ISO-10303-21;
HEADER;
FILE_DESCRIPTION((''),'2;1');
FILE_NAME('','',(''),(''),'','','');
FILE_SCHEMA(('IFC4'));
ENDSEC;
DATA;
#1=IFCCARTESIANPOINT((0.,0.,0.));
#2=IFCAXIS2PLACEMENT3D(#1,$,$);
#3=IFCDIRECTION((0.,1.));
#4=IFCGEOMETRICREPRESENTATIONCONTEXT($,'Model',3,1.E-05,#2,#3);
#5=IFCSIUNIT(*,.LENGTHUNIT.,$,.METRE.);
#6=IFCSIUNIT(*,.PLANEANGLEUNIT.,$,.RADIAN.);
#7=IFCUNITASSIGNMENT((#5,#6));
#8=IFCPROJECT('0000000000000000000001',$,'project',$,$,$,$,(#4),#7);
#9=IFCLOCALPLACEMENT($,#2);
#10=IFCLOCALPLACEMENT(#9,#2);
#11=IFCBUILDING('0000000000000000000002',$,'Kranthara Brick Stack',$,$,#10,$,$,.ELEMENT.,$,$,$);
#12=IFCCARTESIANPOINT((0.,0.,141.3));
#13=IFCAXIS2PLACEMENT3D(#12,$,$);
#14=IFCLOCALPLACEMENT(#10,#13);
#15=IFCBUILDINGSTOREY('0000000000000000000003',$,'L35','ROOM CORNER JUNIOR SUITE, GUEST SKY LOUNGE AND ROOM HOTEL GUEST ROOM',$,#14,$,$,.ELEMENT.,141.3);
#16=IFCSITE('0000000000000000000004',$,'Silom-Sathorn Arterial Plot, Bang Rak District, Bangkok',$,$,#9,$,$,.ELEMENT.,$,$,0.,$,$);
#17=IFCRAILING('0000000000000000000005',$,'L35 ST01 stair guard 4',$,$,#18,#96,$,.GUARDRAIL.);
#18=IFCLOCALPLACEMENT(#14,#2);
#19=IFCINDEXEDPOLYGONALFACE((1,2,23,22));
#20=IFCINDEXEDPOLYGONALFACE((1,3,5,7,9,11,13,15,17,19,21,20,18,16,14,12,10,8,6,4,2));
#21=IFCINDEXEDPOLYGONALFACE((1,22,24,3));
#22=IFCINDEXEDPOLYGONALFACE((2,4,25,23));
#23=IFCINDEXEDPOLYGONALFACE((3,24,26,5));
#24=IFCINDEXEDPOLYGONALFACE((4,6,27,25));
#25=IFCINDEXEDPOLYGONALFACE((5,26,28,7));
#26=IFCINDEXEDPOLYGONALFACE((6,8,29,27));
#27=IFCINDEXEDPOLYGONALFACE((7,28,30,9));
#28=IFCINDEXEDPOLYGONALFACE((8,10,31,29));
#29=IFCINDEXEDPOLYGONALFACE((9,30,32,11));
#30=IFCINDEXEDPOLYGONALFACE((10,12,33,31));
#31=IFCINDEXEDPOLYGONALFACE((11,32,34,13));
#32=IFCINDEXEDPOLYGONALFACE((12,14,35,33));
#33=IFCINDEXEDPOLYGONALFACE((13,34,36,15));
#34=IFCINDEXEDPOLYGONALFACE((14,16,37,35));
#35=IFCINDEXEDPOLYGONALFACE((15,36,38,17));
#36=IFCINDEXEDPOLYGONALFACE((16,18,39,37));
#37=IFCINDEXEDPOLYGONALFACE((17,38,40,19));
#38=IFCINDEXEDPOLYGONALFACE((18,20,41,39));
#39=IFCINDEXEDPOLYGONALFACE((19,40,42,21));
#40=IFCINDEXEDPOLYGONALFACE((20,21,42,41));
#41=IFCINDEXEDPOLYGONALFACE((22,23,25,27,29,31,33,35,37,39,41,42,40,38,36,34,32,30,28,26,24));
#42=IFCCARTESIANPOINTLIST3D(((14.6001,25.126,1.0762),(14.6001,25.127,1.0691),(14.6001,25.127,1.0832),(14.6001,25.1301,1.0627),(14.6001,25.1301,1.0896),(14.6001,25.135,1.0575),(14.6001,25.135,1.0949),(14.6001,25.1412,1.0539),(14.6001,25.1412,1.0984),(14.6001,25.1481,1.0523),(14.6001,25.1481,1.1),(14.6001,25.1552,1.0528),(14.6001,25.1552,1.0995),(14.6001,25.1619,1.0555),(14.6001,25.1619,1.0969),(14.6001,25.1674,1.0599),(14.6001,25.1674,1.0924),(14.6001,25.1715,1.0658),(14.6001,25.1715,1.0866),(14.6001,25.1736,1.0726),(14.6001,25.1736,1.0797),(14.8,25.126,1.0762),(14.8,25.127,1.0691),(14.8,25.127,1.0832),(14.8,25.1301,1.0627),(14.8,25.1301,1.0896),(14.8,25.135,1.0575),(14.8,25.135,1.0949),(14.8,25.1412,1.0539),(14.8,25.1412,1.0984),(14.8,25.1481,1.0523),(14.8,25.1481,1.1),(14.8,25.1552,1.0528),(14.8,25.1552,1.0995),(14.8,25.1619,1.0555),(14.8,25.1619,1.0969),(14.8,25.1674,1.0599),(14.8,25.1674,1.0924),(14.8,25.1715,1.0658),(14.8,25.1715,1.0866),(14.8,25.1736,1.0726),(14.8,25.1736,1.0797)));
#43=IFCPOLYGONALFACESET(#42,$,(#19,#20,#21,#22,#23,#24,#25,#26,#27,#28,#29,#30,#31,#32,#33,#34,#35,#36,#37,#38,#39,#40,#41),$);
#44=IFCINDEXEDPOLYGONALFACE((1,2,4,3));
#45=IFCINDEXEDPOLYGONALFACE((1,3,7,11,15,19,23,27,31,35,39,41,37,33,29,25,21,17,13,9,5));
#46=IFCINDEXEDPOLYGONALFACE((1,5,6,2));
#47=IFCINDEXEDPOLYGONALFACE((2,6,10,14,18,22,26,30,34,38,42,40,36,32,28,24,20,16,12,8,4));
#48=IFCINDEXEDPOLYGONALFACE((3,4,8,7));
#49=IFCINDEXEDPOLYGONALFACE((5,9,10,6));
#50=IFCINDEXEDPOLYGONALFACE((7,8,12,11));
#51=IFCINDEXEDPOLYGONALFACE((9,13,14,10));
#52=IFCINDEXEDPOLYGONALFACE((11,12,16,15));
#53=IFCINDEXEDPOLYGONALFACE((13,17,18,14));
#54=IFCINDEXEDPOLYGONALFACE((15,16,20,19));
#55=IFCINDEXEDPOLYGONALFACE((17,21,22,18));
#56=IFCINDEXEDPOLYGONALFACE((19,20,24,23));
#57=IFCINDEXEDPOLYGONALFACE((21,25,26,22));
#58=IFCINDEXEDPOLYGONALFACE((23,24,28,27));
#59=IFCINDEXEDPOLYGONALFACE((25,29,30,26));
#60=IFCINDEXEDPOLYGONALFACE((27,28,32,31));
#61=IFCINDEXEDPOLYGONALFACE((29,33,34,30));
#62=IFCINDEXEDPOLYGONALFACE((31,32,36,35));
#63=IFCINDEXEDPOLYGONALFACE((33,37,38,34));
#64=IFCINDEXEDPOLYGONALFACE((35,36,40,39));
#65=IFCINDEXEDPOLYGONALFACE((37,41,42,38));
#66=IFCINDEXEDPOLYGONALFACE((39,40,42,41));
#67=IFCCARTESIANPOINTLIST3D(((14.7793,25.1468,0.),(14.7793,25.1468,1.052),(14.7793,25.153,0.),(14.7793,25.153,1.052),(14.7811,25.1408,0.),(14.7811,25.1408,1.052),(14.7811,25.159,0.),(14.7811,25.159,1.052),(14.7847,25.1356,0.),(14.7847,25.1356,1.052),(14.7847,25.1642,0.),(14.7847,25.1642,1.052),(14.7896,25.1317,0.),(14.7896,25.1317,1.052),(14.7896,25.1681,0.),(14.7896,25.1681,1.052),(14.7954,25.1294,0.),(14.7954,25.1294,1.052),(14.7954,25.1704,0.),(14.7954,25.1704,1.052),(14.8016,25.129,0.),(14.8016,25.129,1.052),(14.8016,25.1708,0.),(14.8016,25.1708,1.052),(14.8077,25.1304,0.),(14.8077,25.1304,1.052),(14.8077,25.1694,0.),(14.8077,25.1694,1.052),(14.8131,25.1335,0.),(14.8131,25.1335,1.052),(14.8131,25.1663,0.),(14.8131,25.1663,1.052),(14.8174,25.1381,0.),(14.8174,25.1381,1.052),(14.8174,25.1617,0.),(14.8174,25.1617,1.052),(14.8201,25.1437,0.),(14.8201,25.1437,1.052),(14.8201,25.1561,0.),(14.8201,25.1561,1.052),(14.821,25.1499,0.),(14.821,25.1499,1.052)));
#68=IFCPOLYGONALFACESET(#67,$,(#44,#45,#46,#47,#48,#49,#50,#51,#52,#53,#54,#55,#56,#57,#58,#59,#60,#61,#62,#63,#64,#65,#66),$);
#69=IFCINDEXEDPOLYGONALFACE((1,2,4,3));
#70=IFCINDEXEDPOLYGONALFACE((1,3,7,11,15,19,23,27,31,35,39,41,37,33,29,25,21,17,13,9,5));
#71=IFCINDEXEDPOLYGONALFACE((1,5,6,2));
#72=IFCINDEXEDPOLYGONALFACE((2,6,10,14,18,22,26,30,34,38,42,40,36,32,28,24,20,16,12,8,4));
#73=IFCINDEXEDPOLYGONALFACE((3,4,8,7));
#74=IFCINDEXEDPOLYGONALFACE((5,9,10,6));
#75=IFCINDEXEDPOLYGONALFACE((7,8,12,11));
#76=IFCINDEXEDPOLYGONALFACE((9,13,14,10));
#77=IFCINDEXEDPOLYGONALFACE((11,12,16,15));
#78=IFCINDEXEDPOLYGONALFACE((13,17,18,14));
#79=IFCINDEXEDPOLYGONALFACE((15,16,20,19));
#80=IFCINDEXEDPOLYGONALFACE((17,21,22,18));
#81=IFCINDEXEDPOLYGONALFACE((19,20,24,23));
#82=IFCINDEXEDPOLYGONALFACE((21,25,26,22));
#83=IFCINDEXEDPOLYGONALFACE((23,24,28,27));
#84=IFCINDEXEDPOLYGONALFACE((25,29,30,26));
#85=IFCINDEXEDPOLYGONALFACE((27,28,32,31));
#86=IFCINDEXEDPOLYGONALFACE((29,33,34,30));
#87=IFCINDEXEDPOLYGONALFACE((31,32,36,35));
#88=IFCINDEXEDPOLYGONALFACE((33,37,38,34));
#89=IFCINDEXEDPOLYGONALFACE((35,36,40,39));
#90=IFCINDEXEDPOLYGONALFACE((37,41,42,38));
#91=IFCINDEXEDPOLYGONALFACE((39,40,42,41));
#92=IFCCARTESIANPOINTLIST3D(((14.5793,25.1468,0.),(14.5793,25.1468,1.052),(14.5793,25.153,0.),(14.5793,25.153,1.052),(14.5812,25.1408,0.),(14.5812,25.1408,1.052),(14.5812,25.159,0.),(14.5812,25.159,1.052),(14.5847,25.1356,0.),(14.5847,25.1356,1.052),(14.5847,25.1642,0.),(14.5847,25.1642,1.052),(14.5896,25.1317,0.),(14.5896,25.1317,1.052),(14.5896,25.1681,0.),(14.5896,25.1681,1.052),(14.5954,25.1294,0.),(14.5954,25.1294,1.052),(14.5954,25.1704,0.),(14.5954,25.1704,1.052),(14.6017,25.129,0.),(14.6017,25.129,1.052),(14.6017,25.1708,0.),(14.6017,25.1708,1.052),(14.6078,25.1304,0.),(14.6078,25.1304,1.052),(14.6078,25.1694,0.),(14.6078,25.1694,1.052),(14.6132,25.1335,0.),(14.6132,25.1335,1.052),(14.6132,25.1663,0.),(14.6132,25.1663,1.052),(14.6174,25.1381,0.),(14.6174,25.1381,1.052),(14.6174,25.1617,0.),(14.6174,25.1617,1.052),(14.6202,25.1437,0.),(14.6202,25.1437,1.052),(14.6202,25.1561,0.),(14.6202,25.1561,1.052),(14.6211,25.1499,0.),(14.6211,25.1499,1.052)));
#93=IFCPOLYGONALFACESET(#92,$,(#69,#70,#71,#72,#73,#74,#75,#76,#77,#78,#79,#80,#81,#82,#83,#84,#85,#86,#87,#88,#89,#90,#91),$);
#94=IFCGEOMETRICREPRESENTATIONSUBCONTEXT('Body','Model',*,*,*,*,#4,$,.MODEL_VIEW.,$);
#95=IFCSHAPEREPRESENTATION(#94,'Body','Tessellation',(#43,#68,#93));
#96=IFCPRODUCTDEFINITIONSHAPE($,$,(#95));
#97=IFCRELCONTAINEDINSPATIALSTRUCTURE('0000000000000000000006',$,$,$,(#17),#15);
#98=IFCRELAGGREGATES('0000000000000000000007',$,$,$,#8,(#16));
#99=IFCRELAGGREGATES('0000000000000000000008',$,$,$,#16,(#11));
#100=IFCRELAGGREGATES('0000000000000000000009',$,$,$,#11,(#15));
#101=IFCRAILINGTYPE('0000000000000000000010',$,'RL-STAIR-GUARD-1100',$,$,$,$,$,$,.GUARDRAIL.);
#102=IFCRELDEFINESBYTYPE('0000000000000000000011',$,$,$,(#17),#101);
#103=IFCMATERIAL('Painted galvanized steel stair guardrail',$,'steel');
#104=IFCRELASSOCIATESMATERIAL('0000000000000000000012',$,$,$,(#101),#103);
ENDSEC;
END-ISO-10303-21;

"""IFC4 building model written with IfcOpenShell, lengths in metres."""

from ifc_helpers import new_model, si_unit, direction, frame, origin, origin_2d, place, context, subcontext, project, spatial, circle, extrude, material, type_object, element, save


model = new_model("IFC4")

# Units and contexts
model_context = context("Model", 3, precision=1e-05, world=origin(), true_north=direction((0.0, 1.0)))
body_context = subcontext(model_context, "Body", "Model", "MODEL_VIEW")
ifc_project = project(units=[si_unit("LENGTHUNIT", "METRE"), si_unit("PLANEANGLEUNIT", "RADIAN")], contexts=[model_context])

# Site, building, storey
site_placement = place(None, origin())
site = spatial("IfcSite", under=ifc_project, at=site_placement, Name="Silom-Sathorn Arterial Plot, Bang Rak District, Bangkok", CompositionType="ELEMENT", RefElevation=0.0)
building_placement = place(site_placement, origin())
building = spatial("IfcBuilding", under=site, at=building_placement, Name="Kranthara Brick Stack", CompositionType="ELEMENT")
storey_placement = place(building_placement, frame((0.0, 0.0, 141.3)))
storey = spatial("IfcBuildingStorey", under=building, at=storey_placement, Name="L35", Description="ROOM CORNER JUNIOR SUITE, GUEST SKY LOUNGE AND ROOM HOTEL GUEST ROOM", CompositionType="ELEMENT", Elevation=141.3)

# Railing
ifc_material_1 = material(Name="Painted galvanized steel stair guardrail", Category="steel")
railing_type_1 = type_object("IfcRailingType", Name="RL-STAIR-GUARD-1100", PredefinedType="GUARDRAIL", material=ifc_material_1)
railing_1_placement = place(storey_placement, frame((14.8, 25.1499, 0.0)))
element("IfcRailing", 1, at=railing_1_placement, inside=storey, type_object=railing_type_1, Name="L35 ST01 stair guard 4", PredefinedType="GUARDRAIL", context=body_context, shape_type="SweptSolid", body=[
    extrude(circle(Radius=0.0239, at=origin_2d()), frame((0.0, 0.0, 1.0762), z_axis=(-1.0, 0.0, 0.0), x_axis=(0.0, -1.0, 0.0)), (0.0, 0.0, 1.0), 0.2),
    extrude(circle(Radius=0.021, at=origin_2d()), origin(), (0.0, 0.0, 1.0), 1.052),
    extrude(circle(Radius=0.021, at=origin_2d()), frame((-0.2, 0.0, 0.0)), (0.0, 0.0, 1.0), 1.052),
])

save(model, "model.ifc")
